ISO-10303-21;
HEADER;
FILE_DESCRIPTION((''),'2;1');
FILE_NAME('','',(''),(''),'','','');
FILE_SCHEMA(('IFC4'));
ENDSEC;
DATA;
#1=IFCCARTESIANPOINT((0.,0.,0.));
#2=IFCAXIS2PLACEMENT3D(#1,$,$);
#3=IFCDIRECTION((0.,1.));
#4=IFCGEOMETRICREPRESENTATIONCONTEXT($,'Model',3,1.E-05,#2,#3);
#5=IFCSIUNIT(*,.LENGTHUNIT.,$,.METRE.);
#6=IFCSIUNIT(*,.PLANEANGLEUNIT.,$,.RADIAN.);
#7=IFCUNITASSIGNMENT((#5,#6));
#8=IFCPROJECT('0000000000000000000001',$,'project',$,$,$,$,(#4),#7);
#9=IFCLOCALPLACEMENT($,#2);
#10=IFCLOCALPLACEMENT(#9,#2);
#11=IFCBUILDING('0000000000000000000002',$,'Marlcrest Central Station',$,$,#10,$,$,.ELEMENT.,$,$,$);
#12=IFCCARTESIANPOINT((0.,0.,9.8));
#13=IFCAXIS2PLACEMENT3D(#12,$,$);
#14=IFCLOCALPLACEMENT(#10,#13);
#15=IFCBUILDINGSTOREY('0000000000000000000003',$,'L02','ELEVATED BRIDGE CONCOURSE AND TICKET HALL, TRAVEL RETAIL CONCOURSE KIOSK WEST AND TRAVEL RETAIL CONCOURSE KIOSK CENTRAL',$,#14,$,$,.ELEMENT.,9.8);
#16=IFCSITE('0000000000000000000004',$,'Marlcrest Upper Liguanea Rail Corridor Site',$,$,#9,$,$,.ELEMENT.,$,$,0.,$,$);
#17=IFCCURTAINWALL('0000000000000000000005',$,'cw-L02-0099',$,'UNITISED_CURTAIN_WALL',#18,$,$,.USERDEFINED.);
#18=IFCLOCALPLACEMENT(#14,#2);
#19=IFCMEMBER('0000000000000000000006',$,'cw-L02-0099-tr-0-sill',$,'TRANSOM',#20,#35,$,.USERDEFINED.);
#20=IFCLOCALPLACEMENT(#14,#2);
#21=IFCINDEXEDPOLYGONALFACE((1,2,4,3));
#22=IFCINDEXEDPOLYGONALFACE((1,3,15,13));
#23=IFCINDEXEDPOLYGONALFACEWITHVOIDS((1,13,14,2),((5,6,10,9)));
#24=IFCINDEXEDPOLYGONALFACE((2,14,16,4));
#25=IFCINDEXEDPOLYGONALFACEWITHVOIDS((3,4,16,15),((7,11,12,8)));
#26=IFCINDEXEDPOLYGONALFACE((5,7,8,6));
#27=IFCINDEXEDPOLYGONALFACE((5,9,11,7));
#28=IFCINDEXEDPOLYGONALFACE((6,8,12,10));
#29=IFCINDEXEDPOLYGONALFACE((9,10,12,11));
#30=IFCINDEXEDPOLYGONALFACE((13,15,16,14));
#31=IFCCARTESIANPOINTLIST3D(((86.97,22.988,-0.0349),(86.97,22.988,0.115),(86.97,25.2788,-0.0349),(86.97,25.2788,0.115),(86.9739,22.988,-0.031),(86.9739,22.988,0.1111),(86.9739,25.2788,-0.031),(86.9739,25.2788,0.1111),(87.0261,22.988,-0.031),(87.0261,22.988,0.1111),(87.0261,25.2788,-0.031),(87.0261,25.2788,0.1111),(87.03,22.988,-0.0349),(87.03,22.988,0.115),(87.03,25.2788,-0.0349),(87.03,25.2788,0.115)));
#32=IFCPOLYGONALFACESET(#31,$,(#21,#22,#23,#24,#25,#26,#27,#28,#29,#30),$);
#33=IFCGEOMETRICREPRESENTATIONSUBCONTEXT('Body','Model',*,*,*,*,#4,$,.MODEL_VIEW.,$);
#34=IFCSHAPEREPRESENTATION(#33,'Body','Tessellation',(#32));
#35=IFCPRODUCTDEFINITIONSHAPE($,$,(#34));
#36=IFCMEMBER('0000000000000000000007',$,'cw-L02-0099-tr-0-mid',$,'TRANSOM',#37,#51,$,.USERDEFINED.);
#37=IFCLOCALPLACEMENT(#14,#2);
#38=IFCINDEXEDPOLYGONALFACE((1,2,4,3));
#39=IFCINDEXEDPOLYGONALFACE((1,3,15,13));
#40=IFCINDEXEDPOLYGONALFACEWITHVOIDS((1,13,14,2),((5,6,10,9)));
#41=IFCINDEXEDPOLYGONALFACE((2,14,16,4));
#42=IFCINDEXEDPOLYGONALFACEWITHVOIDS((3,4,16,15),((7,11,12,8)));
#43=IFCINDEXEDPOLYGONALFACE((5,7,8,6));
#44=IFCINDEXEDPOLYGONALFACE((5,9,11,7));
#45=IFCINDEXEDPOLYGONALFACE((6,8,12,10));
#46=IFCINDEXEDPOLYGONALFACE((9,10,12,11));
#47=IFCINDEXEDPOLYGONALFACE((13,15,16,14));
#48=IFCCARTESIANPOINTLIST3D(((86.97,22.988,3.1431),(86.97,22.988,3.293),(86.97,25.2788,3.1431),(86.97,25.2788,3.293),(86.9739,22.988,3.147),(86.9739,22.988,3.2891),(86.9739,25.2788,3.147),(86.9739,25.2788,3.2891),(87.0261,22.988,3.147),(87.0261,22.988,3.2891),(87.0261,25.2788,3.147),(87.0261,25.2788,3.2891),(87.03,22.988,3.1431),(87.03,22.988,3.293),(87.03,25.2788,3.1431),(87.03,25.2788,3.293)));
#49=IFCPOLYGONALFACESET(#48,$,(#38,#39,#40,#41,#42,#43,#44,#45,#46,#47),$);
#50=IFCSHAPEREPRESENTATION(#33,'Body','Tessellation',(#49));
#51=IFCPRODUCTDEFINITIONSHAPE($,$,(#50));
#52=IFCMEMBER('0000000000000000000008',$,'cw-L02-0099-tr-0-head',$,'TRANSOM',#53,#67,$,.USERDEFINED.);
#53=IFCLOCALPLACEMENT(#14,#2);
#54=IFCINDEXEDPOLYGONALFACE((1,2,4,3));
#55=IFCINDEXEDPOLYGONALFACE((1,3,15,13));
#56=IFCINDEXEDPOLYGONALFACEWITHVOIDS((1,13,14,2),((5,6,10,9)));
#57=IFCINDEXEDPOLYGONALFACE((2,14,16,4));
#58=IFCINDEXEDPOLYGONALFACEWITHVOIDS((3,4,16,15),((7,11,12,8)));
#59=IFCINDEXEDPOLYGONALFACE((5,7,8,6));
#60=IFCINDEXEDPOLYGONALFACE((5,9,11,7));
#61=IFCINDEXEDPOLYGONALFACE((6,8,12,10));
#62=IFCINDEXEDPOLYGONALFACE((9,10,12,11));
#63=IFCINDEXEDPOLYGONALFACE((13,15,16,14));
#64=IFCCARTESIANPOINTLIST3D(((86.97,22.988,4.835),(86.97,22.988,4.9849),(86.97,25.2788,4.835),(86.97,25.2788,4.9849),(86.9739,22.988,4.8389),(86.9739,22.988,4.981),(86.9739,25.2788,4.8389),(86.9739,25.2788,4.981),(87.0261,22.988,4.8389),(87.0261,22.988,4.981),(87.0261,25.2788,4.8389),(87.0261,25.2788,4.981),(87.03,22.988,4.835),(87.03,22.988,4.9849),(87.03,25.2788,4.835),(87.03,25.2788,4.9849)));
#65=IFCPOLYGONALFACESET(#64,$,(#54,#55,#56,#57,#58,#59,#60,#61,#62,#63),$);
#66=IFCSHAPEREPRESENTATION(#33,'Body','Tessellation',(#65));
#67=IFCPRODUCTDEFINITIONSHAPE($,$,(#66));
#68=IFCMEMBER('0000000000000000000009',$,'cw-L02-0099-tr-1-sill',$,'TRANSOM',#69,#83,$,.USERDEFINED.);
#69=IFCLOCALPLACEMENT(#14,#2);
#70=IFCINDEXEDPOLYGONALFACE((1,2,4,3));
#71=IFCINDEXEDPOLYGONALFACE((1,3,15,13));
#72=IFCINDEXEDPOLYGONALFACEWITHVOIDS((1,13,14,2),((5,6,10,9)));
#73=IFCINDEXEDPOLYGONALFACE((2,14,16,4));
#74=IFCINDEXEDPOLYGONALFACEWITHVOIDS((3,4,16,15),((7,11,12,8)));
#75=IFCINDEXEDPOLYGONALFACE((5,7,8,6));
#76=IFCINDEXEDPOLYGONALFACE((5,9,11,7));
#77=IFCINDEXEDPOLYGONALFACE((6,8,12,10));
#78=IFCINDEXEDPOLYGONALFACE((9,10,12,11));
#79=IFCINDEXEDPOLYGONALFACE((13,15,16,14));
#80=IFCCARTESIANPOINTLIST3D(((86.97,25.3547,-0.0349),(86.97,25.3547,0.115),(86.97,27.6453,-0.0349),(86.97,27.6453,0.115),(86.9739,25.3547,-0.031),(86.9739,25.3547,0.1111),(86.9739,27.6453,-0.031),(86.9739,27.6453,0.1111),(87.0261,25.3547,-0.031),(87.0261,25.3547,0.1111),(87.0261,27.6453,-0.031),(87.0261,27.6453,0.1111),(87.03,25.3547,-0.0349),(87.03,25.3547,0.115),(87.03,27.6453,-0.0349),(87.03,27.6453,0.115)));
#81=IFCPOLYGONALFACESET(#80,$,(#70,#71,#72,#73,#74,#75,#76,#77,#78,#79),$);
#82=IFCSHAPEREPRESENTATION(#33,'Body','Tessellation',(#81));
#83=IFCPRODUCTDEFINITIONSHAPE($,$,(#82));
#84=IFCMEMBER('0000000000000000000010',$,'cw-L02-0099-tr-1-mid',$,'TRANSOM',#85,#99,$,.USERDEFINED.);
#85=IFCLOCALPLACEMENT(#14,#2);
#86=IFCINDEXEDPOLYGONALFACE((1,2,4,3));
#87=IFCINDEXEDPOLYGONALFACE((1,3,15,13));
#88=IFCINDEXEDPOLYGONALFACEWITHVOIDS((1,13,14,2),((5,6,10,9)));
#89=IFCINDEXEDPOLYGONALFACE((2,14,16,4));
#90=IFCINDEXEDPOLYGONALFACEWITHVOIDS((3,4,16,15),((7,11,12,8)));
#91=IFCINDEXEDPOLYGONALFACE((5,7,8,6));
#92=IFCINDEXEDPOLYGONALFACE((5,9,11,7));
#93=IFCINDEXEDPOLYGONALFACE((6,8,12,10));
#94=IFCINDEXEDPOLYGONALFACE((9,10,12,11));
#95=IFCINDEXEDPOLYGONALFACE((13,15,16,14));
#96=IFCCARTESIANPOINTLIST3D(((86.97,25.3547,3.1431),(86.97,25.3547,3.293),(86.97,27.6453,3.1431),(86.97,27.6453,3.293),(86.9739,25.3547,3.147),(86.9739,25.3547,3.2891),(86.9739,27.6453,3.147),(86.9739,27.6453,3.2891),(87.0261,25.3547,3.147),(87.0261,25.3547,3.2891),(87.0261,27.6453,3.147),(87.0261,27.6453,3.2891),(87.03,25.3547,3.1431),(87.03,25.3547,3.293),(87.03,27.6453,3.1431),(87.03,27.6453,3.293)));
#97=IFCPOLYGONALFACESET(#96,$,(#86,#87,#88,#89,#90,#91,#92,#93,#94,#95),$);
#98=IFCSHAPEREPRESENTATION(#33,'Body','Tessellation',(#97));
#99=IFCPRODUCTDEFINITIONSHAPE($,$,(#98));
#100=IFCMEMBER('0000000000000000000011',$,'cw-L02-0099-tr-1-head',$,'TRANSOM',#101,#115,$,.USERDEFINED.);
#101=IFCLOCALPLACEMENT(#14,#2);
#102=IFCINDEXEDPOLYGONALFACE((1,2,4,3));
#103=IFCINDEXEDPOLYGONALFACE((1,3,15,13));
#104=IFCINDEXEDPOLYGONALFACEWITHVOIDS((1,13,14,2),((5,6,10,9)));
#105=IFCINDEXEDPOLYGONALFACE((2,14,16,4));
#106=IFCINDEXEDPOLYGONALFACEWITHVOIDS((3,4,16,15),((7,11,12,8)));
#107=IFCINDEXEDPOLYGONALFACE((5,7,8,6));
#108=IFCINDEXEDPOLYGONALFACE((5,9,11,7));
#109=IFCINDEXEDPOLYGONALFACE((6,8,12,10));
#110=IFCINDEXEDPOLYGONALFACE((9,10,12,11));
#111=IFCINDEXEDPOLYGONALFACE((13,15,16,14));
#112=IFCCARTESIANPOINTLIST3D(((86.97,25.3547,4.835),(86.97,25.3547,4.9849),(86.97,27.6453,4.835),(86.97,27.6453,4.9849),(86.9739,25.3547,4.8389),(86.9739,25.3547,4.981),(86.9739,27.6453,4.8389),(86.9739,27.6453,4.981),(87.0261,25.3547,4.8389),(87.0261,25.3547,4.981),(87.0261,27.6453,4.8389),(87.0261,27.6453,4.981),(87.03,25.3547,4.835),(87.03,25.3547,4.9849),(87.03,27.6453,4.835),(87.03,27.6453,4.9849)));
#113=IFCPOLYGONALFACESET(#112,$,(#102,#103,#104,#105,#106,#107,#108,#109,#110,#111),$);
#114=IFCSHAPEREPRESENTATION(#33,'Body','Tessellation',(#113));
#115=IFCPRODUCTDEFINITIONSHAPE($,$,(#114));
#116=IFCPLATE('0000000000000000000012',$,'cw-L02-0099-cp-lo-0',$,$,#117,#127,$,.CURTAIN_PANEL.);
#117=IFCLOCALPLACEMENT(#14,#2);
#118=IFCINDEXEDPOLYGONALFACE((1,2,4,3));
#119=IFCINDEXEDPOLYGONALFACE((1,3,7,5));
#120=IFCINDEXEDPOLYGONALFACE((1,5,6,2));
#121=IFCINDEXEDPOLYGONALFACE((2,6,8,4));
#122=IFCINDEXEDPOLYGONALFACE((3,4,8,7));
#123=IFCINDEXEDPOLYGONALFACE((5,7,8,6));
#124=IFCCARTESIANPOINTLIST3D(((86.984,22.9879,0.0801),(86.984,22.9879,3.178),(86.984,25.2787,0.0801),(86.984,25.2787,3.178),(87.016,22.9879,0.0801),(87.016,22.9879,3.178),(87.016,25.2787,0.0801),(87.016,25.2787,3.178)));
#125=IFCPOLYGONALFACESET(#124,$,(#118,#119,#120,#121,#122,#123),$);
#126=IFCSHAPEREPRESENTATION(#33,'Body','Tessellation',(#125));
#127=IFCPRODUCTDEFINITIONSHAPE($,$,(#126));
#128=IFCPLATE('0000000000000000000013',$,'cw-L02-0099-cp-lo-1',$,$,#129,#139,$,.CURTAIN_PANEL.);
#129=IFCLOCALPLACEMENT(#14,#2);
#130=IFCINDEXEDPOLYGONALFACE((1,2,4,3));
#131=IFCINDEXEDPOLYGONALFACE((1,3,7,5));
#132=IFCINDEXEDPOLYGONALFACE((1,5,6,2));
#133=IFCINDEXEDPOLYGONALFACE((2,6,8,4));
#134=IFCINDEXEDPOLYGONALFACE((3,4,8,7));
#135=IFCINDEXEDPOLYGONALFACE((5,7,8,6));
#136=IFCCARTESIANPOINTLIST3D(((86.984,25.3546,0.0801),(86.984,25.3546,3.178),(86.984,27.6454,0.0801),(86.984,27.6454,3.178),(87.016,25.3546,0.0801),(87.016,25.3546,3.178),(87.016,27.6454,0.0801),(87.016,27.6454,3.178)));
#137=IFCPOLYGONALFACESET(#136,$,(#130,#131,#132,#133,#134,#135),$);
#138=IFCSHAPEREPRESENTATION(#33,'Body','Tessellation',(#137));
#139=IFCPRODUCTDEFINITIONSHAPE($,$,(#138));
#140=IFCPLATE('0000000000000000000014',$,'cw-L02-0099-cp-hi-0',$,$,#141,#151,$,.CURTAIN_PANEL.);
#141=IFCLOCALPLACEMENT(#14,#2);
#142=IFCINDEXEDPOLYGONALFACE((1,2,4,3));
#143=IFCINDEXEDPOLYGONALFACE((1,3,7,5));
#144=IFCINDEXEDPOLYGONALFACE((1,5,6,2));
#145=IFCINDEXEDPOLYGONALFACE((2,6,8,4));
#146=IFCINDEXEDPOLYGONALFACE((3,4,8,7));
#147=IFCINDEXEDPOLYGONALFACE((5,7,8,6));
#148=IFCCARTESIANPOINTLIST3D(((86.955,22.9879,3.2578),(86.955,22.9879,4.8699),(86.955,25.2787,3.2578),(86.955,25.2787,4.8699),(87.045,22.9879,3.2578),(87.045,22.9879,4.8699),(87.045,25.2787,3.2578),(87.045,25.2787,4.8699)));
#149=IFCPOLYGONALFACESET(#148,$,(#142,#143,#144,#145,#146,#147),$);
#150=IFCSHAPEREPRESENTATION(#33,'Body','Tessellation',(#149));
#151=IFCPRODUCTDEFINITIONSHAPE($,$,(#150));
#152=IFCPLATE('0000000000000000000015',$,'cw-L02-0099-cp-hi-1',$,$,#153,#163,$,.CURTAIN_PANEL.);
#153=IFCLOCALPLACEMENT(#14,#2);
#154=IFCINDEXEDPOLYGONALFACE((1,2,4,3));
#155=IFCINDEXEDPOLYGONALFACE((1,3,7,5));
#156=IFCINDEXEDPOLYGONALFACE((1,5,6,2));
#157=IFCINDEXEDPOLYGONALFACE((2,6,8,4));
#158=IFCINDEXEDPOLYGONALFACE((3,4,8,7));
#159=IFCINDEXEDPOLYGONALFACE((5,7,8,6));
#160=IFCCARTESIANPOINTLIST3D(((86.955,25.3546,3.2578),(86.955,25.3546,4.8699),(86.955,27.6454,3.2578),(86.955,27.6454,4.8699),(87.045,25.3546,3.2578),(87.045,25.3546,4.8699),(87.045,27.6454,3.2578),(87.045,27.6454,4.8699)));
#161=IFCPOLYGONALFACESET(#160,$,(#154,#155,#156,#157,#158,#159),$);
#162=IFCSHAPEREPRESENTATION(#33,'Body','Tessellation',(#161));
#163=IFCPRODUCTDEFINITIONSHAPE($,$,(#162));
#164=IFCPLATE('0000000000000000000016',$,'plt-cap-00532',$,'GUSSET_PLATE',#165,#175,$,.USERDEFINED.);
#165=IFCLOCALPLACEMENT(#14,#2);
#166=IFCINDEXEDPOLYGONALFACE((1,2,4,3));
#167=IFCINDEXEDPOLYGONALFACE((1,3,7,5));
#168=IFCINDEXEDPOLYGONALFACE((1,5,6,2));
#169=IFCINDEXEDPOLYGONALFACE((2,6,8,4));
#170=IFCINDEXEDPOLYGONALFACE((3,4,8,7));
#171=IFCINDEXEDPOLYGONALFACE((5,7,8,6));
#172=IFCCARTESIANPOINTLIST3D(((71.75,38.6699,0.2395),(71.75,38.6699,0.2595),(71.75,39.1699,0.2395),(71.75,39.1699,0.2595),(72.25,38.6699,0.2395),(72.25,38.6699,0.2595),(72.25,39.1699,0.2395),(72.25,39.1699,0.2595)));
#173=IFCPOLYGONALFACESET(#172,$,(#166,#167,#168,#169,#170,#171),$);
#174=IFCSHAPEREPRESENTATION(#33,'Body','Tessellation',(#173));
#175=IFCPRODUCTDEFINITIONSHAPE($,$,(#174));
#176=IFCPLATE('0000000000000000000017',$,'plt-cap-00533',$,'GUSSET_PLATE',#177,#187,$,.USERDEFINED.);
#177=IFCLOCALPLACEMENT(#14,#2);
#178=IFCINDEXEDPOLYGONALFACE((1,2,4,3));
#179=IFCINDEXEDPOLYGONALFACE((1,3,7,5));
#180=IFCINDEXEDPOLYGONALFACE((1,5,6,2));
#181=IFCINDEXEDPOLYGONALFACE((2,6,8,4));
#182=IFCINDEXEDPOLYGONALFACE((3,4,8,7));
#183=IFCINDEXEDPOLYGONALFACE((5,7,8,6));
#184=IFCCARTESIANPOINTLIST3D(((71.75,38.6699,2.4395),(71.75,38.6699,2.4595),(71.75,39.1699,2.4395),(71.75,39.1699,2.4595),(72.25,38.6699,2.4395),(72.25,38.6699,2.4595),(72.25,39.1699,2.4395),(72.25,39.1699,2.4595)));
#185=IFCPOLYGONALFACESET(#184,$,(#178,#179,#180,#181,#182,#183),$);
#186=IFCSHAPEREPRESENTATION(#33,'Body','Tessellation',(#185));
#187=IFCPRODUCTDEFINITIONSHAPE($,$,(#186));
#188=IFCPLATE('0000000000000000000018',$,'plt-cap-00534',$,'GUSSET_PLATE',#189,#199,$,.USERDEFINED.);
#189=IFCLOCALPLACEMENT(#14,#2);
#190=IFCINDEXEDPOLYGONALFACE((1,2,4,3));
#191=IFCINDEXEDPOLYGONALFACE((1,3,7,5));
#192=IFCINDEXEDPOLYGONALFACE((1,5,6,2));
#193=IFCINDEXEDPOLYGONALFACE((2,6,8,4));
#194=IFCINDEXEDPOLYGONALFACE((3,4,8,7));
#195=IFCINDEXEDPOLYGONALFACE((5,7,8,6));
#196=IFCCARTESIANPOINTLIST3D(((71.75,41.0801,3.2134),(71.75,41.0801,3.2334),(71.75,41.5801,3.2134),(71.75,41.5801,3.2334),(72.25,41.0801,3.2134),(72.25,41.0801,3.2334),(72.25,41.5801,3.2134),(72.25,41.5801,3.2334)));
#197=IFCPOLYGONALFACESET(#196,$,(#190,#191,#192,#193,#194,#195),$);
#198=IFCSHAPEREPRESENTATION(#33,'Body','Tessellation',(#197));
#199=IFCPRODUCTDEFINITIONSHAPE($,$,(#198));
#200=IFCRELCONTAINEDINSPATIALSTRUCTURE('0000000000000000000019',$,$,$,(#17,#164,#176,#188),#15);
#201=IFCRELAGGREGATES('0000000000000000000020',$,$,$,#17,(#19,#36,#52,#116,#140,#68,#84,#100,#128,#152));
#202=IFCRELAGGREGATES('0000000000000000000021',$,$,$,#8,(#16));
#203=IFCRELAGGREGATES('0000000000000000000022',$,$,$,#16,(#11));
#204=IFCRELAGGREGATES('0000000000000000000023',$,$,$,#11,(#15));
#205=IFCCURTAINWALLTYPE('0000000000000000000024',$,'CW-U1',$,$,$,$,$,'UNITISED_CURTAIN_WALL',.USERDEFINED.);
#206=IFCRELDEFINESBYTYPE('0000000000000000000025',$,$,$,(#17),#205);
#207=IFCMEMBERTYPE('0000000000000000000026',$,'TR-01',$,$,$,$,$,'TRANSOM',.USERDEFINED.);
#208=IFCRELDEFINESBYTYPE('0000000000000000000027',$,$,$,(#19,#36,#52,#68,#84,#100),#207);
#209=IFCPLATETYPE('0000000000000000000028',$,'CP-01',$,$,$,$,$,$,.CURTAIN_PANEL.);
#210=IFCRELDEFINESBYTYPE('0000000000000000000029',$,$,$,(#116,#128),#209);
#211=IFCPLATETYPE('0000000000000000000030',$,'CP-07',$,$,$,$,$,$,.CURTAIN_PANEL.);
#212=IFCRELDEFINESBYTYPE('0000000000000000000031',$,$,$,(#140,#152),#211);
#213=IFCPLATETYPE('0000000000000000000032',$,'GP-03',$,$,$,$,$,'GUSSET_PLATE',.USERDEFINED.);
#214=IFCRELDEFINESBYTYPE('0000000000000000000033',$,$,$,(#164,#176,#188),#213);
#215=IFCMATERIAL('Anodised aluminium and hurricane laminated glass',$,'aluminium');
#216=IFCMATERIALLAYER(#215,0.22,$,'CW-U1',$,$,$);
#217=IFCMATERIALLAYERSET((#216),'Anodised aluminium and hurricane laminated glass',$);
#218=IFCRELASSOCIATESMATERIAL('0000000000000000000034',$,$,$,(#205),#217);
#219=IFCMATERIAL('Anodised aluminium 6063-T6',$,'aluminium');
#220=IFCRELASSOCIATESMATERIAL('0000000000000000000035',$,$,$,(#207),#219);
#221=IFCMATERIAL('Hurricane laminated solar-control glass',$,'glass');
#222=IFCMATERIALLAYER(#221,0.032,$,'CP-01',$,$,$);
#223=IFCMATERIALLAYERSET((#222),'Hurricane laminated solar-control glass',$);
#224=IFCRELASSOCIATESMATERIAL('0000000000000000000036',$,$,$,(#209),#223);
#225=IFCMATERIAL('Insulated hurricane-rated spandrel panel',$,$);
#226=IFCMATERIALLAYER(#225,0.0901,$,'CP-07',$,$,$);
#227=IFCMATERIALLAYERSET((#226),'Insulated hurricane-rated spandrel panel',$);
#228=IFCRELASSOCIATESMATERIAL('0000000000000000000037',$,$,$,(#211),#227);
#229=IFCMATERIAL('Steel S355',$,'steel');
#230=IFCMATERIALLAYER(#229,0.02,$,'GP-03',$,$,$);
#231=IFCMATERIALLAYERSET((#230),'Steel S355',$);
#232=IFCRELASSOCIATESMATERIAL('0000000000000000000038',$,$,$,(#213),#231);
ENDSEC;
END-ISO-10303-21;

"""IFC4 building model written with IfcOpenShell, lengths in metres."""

from ifc_helpers import new_model, si_unit, direction, frame, origin, origin_2d, place, context, subcontext, project, spatial, rectangle, hollow_rectangle, extrude, material, layer, layer_set, material_profile, profile_set, type_object, element, aggregate, save


model = new_model("IFC4")

# Units and contexts
model_context = context("Model", 3, precision=1e-05, world=origin(), true_north=direction((0.0, 1.0)))
body_context = subcontext(model_context, "Body", "Model", "MODEL_VIEW")
ifc_project = project(units=[si_unit("LENGTHUNIT", "METRE"), si_unit("PLANEANGLEUNIT", "RADIAN")], contexts=[model_context])

# Site, building, storey
site_placement = place(None, origin())
site = spatial("IfcSite", under=ifc_project, at=site_placement, Name="Marlcrest Upper Liguanea Rail Corridor Site", CompositionType="ELEMENT", RefElevation=0.0)
building_placement = place(site_placement, origin())
building = spatial("IfcBuilding", under=site, at=building_placement, Name="Marlcrest Central Station", CompositionType="ELEMENT")
storey_placement = place(building_placement, frame((0.0, 0.0, 9.8)))
storey = spatial("IfcBuildingStorey", under=building, at=storey_placement, Name="L02", Description="ELEVATED BRIDGE CONCOURSE AND TICKET HALL, TRAVEL RETAIL CONCOURSE KIOSK WEST AND TRAVEL RETAIL CONCOURSE KIOSK CENTRAL", CompositionType="ELEMENT", Elevation=9.8)

# Shared definitions
ifc_material_1 = material(Name="Steel S355", Category="steel")

# Curtain wall, members, plates
ifc_material_2 = material(Name="Anodised aluminium and hurricane laminated glass", Category="aluminium")
ifc_layer_1 = layer(ifc_material_2, 0.22, Name="CW-U1")
ifc_layer_set_1 = layer_set([ifc_layer_1], Name="Anodised aluminium and hurricane laminated glass")
curtain_wall_type = type_object("IfcCurtainWallType", Name="CW-U1", ElementType="UNITISED_CURTAIN_WALL", PredefinedType="USERDEFINED", material=ifc_layer_set_1)
curtain_wall_placement = place(storey_placement, origin())
curtain_wall = element("IfcCurtainWall", 1, at=curtain_wall_placement, inside=storey, type_object=curtain_wall_type, Name="cw-L02-0099", ObjectType="UNITISED_CURTAIN_WALL", PredefinedType="USERDEFINED")
ifc_material_3 = material(Name="Anodised aluminium 6063-T6", Category="aluminium")
ifc_material_profile_1 = material_profile(ifc_material_3, hollow_rectangle(XDim=0.0601, YDim=0.1499, WallThickness=0.0039, at=origin_2d()), Name="AA-RHS 150x60x4")
ifc_profile_set_1 = profile_set([ifc_material_profile_1], Name="Anodised aluminium 6063-T6")
member_type_1 = type_object("IfcMemberType", Name="TR-01", ElementType="TRANSOM", PredefinedType="USERDEFINED", material=ifc_profile_set_1)
member_1_placement = place(storey_placement, frame((87.0, 22.988, 0.04), z_axis=(0.0, 1.0, 0.0), x_axis=(-1.0, 0.0, 0.0)))
member_1 = element("IfcMember", 2, at=member_1_placement, type_object=member_type_1, Name="cw-L02-0099-tr-0-sill", ObjectType="TRANSOM", PredefinedType="USERDEFINED", context=body_context, shape_type="SweptSolid", body=[
    extrude(hollow_rectangle(XDim=0.0601, YDim=0.1499, WallThickness=0.0039, at=origin_2d()), origin(), (0.0, 0.0, 1.0), 2.2908),
])
member_2_placement = place(storey_placement, frame((87.0, 22.988, 3.218), z_axis=(0.0, 1.0, 0.0), x_axis=(-1.0, 0.0, 0.0)))
member_2 = element("IfcMember", 3, at=member_2_placement, type_object=member_type_1, Name="cw-L02-0099-tr-0-mid", ObjectType="TRANSOM", PredefinedType="USERDEFINED", context=body_context, shape_type="SweptSolid", body=[
    extrude(hollow_rectangle(XDim=0.0601, YDim=0.1499, WallThickness=0.0039, at=origin_2d()), origin(), (0.0, 0.0, 1.0), 2.2908),
])
member_3_placement = place(storey_placement, frame((87.0, 22.988, 4.9099), z_axis=(0.0, 1.0, 0.0), x_axis=(-1.0, 0.0, 0.0)))
member_3 = element("IfcMember", 4, at=member_3_placement, type_object=member_type_1, Name="cw-L02-0099-tr-0-head", ObjectType="TRANSOM", PredefinedType="USERDEFINED", context=body_context, shape_type="SweptSolid", body=[
    extrude(hollow_rectangle(XDim=0.0601, YDim=0.1499, WallThickness=0.0039, at=origin_2d()), origin(), (0.0, 0.0, 1.0), 2.2908),
])
member_4_placement = place(storey_placement, frame((87.0, 25.3547, 0.04), z_axis=(0.0, 1.0, 0.0), x_axis=(-1.0, 0.0, 0.0)))
member_4 = element("IfcMember", 5, at=member_4_placement, type_object=member_type_1, Name="cw-L02-0099-tr-1-sill", ObjectType="TRANSOM", PredefinedType="USERDEFINED", context=body_context, shape_type="SweptSolid", body=[
    extrude(hollow_rectangle(XDim=0.0601, YDim=0.1499, WallThickness=0.0039, at=origin_2d()), origin(), (0.0, 0.0, 1.0), 2.2905),
])
member_5_placement = place(storey_placement, frame((87.0, 25.3547, 3.218), z_axis=(0.0, 1.0, 0.0), x_axis=(-1.0, 0.0, 0.0)))
member_5 = element("IfcMember", 6, at=member_5_placement, type_object=member_type_1, Name="cw-L02-0099-tr-1-mid", ObjectType="TRANSOM", PredefinedType="USERDEFINED", context=body_context, shape_type="SweptSolid", body=[
    extrude(hollow_rectangle(XDim=0.0601, YDim=0.1499, WallThickness=0.0039, at=origin_2d()), origin(), (0.0, 0.0, 1.0), 2.2905),
])
member_6_placement = place(storey_placement, frame((87.0, 25.3547, 4.9099), z_axis=(0.0, 1.0, 0.0), x_axis=(-1.0, 0.0, 0.0)))
member_6 = element("IfcMember", 7, at=member_6_placement, type_object=member_type_1, Name="cw-L02-0099-tr-1-head", ObjectType="TRANSOM", PredefinedType="USERDEFINED", context=body_context, shape_type="SweptSolid", body=[
    extrude(hollow_rectangle(XDim=0.0601, YDim=0.1499, WallThickness=0.0039, at=origin_2d()), origin(), (0.0, 0.0, 1.0), 2.2905),
])
ifc_material_4 = material(Name="Hurricane laminated solar-control glass", Category="glass")
ifc_layer_2 = layer(ifc_material_4, 0.032, Name="CP-01")
ifc_layer_set_2 = layer_set([ifc_layer_2], Name="Hurricane laminated solar-control glass")
plate_type_1 = type_object("IfcPlateType", Name="CP-01", PredefinedType="CURTAIN_PANEL", material=ifc_layer_set_2)
plate_1_placement = place(storey_placement, frame((87.0, 24.1333, 0.0801), z_axis=(0.0, 0.0, 1.0), x_axis=(0.0, 1.0, 0.0)))
plate_1 = element("IfcPlate", 8, at=plate_1_placement, type_object=plate_type_1, Name="cw-L02-0099-cp-lo-0", PredefinedType="CURTAIN_PANEL", context=body_context, shape_type="SweptSolid", body=[
    extrude(rectangle(XDim=2.2908, YDim=0.032, at=origin_2d()), origin(), (0.0, 0.0, 1.0), 3.0979),
])
plate_2_placement = place(storey_placement, frame((87.0, 26.5, 0.0801), z_axis=(0.0, 0.0, 1.0), x_axis=(0.0, 1.0, 0.0)))
plate_2 = element("IfcPlate", 9, at=plate_2_placement, type_object=plate_type_1, Name="cw-L02-0099-cp-lo-1", PredefinedType="CURTAIN_PANEL", context=body_context, shape_type="SweptSolid", body=[
    extrude(rectangle(XDim=2.2908, YDim=0.032, at=origin_2d()), origin(), (0.0, 0.0, 1.0), 3.0979),
])
ifc_material_5 = material(Name="Insulated hurricane-rated spandrel panel")
ifc_layer_3 = layer(ifc_material_5, 0.0901, Name="CP-07")
ifc_layer_set_3 = layer_set([ifc_layer_3], Name="Insulated hurricane-rated spandrel panel")
plate_type_2 = type_object("IfcPlateType", Name="CP-07", PredefinedType="CURTAIN_PANEL", material=ifc_layer_set_3)
plate_3_placement = place(storey_placement, frame((87.0, 24.1333, 3.2578), z_axis=(0.0, 0.0, 1.0), x_axis=(0.0, 1.0, 0.0)))
plate_3 = element("IfcPlate", 10, at=plate_3_placement, type_object=plate_type_2, Name="cw-L02-0099-cp-hi-0", PredefinedType="CURTAIN_PANEL", context=body_context, shape_type="SweptSolid", body=[
    extrude(rectangle(XDim=2.2908, YDim=0.0901, at=origin_2d()), origin(), (0.0, 0.0, 1.0), 1.6121),
])
plate_4_placement = place(storey_placement, frame((87.0, 26.5, 3.2578), z_axis=(0.0, 0.0, 1.0), x_axis=(0.0, 1.0, 0.0)))
plate_4 = element("IfcPlate", 11, at=plate_4_placement, type_object=plate_type_2, Name="cw-L02-0099-cp-hi-1", PredefinedType="CURTAIN_PANEL", context=body_context, shape_type="SweptSolid", body=[
    extrude(rectangle(XDim=2.2908, YDim=0.0901, at=origin_2d()), origin(), (0.0, 0.0, 1.0), 1.6121),
])
aggregate(curtain_wall, [member_1, member_2, member_3, plate_1, plate_3, member_4, member_5, member_6, plate_2, plate_4])

# Plates
ifc_layer_4 = layer(ifc_material_1, 0.02, Name="GP-03")
ifc_layer_set_4 = layer_set([ifc_layer_4], Name="Steel S355")
plate_type_3 = type_object("IfcPlateType", Name="GP-03", ElementType="GUSSET_PLATE", PredefinedType="USERDEFINED", material=ifc_layer_set_4)
for number, where, z_axis, x_axis, name in (
    (12, (72.0, 38.9199, 0.2395), (0.0, 0.0, 1.0), (1.0, 0.0, 0.0), "plt-cap-00532"),
    (13, (72.0, 38.9199, 2.4395), (0.0, 0.0, 1.0), (1.0, 0.0, 0.0), "plt-cap-00533"),
    (14, (72.0, 41.3301, 3.2134), (0.0, 0.0, 1.0), (1.0, 0.0, 0.0), "plt-cap-00534"),
):
    element("IfcPlate", number, at=place(storey_placement, frame(where, z_axis=z_axis, x_axis=x_axis)), inside=storey, type_object=plate_type_3, Name=name, ObjectType="GUSSET_PLATE", PredefinedType="USERDEFINED", context=body_context, shape_type="SweptSolid", body=[
        extrude(rectangle(XDim=0.5, YDim=0.5, at=origin_2d()), origin(), (0.0, 0.0, 1.0), 0.02),
    ])

save(model, "model.ifc")
